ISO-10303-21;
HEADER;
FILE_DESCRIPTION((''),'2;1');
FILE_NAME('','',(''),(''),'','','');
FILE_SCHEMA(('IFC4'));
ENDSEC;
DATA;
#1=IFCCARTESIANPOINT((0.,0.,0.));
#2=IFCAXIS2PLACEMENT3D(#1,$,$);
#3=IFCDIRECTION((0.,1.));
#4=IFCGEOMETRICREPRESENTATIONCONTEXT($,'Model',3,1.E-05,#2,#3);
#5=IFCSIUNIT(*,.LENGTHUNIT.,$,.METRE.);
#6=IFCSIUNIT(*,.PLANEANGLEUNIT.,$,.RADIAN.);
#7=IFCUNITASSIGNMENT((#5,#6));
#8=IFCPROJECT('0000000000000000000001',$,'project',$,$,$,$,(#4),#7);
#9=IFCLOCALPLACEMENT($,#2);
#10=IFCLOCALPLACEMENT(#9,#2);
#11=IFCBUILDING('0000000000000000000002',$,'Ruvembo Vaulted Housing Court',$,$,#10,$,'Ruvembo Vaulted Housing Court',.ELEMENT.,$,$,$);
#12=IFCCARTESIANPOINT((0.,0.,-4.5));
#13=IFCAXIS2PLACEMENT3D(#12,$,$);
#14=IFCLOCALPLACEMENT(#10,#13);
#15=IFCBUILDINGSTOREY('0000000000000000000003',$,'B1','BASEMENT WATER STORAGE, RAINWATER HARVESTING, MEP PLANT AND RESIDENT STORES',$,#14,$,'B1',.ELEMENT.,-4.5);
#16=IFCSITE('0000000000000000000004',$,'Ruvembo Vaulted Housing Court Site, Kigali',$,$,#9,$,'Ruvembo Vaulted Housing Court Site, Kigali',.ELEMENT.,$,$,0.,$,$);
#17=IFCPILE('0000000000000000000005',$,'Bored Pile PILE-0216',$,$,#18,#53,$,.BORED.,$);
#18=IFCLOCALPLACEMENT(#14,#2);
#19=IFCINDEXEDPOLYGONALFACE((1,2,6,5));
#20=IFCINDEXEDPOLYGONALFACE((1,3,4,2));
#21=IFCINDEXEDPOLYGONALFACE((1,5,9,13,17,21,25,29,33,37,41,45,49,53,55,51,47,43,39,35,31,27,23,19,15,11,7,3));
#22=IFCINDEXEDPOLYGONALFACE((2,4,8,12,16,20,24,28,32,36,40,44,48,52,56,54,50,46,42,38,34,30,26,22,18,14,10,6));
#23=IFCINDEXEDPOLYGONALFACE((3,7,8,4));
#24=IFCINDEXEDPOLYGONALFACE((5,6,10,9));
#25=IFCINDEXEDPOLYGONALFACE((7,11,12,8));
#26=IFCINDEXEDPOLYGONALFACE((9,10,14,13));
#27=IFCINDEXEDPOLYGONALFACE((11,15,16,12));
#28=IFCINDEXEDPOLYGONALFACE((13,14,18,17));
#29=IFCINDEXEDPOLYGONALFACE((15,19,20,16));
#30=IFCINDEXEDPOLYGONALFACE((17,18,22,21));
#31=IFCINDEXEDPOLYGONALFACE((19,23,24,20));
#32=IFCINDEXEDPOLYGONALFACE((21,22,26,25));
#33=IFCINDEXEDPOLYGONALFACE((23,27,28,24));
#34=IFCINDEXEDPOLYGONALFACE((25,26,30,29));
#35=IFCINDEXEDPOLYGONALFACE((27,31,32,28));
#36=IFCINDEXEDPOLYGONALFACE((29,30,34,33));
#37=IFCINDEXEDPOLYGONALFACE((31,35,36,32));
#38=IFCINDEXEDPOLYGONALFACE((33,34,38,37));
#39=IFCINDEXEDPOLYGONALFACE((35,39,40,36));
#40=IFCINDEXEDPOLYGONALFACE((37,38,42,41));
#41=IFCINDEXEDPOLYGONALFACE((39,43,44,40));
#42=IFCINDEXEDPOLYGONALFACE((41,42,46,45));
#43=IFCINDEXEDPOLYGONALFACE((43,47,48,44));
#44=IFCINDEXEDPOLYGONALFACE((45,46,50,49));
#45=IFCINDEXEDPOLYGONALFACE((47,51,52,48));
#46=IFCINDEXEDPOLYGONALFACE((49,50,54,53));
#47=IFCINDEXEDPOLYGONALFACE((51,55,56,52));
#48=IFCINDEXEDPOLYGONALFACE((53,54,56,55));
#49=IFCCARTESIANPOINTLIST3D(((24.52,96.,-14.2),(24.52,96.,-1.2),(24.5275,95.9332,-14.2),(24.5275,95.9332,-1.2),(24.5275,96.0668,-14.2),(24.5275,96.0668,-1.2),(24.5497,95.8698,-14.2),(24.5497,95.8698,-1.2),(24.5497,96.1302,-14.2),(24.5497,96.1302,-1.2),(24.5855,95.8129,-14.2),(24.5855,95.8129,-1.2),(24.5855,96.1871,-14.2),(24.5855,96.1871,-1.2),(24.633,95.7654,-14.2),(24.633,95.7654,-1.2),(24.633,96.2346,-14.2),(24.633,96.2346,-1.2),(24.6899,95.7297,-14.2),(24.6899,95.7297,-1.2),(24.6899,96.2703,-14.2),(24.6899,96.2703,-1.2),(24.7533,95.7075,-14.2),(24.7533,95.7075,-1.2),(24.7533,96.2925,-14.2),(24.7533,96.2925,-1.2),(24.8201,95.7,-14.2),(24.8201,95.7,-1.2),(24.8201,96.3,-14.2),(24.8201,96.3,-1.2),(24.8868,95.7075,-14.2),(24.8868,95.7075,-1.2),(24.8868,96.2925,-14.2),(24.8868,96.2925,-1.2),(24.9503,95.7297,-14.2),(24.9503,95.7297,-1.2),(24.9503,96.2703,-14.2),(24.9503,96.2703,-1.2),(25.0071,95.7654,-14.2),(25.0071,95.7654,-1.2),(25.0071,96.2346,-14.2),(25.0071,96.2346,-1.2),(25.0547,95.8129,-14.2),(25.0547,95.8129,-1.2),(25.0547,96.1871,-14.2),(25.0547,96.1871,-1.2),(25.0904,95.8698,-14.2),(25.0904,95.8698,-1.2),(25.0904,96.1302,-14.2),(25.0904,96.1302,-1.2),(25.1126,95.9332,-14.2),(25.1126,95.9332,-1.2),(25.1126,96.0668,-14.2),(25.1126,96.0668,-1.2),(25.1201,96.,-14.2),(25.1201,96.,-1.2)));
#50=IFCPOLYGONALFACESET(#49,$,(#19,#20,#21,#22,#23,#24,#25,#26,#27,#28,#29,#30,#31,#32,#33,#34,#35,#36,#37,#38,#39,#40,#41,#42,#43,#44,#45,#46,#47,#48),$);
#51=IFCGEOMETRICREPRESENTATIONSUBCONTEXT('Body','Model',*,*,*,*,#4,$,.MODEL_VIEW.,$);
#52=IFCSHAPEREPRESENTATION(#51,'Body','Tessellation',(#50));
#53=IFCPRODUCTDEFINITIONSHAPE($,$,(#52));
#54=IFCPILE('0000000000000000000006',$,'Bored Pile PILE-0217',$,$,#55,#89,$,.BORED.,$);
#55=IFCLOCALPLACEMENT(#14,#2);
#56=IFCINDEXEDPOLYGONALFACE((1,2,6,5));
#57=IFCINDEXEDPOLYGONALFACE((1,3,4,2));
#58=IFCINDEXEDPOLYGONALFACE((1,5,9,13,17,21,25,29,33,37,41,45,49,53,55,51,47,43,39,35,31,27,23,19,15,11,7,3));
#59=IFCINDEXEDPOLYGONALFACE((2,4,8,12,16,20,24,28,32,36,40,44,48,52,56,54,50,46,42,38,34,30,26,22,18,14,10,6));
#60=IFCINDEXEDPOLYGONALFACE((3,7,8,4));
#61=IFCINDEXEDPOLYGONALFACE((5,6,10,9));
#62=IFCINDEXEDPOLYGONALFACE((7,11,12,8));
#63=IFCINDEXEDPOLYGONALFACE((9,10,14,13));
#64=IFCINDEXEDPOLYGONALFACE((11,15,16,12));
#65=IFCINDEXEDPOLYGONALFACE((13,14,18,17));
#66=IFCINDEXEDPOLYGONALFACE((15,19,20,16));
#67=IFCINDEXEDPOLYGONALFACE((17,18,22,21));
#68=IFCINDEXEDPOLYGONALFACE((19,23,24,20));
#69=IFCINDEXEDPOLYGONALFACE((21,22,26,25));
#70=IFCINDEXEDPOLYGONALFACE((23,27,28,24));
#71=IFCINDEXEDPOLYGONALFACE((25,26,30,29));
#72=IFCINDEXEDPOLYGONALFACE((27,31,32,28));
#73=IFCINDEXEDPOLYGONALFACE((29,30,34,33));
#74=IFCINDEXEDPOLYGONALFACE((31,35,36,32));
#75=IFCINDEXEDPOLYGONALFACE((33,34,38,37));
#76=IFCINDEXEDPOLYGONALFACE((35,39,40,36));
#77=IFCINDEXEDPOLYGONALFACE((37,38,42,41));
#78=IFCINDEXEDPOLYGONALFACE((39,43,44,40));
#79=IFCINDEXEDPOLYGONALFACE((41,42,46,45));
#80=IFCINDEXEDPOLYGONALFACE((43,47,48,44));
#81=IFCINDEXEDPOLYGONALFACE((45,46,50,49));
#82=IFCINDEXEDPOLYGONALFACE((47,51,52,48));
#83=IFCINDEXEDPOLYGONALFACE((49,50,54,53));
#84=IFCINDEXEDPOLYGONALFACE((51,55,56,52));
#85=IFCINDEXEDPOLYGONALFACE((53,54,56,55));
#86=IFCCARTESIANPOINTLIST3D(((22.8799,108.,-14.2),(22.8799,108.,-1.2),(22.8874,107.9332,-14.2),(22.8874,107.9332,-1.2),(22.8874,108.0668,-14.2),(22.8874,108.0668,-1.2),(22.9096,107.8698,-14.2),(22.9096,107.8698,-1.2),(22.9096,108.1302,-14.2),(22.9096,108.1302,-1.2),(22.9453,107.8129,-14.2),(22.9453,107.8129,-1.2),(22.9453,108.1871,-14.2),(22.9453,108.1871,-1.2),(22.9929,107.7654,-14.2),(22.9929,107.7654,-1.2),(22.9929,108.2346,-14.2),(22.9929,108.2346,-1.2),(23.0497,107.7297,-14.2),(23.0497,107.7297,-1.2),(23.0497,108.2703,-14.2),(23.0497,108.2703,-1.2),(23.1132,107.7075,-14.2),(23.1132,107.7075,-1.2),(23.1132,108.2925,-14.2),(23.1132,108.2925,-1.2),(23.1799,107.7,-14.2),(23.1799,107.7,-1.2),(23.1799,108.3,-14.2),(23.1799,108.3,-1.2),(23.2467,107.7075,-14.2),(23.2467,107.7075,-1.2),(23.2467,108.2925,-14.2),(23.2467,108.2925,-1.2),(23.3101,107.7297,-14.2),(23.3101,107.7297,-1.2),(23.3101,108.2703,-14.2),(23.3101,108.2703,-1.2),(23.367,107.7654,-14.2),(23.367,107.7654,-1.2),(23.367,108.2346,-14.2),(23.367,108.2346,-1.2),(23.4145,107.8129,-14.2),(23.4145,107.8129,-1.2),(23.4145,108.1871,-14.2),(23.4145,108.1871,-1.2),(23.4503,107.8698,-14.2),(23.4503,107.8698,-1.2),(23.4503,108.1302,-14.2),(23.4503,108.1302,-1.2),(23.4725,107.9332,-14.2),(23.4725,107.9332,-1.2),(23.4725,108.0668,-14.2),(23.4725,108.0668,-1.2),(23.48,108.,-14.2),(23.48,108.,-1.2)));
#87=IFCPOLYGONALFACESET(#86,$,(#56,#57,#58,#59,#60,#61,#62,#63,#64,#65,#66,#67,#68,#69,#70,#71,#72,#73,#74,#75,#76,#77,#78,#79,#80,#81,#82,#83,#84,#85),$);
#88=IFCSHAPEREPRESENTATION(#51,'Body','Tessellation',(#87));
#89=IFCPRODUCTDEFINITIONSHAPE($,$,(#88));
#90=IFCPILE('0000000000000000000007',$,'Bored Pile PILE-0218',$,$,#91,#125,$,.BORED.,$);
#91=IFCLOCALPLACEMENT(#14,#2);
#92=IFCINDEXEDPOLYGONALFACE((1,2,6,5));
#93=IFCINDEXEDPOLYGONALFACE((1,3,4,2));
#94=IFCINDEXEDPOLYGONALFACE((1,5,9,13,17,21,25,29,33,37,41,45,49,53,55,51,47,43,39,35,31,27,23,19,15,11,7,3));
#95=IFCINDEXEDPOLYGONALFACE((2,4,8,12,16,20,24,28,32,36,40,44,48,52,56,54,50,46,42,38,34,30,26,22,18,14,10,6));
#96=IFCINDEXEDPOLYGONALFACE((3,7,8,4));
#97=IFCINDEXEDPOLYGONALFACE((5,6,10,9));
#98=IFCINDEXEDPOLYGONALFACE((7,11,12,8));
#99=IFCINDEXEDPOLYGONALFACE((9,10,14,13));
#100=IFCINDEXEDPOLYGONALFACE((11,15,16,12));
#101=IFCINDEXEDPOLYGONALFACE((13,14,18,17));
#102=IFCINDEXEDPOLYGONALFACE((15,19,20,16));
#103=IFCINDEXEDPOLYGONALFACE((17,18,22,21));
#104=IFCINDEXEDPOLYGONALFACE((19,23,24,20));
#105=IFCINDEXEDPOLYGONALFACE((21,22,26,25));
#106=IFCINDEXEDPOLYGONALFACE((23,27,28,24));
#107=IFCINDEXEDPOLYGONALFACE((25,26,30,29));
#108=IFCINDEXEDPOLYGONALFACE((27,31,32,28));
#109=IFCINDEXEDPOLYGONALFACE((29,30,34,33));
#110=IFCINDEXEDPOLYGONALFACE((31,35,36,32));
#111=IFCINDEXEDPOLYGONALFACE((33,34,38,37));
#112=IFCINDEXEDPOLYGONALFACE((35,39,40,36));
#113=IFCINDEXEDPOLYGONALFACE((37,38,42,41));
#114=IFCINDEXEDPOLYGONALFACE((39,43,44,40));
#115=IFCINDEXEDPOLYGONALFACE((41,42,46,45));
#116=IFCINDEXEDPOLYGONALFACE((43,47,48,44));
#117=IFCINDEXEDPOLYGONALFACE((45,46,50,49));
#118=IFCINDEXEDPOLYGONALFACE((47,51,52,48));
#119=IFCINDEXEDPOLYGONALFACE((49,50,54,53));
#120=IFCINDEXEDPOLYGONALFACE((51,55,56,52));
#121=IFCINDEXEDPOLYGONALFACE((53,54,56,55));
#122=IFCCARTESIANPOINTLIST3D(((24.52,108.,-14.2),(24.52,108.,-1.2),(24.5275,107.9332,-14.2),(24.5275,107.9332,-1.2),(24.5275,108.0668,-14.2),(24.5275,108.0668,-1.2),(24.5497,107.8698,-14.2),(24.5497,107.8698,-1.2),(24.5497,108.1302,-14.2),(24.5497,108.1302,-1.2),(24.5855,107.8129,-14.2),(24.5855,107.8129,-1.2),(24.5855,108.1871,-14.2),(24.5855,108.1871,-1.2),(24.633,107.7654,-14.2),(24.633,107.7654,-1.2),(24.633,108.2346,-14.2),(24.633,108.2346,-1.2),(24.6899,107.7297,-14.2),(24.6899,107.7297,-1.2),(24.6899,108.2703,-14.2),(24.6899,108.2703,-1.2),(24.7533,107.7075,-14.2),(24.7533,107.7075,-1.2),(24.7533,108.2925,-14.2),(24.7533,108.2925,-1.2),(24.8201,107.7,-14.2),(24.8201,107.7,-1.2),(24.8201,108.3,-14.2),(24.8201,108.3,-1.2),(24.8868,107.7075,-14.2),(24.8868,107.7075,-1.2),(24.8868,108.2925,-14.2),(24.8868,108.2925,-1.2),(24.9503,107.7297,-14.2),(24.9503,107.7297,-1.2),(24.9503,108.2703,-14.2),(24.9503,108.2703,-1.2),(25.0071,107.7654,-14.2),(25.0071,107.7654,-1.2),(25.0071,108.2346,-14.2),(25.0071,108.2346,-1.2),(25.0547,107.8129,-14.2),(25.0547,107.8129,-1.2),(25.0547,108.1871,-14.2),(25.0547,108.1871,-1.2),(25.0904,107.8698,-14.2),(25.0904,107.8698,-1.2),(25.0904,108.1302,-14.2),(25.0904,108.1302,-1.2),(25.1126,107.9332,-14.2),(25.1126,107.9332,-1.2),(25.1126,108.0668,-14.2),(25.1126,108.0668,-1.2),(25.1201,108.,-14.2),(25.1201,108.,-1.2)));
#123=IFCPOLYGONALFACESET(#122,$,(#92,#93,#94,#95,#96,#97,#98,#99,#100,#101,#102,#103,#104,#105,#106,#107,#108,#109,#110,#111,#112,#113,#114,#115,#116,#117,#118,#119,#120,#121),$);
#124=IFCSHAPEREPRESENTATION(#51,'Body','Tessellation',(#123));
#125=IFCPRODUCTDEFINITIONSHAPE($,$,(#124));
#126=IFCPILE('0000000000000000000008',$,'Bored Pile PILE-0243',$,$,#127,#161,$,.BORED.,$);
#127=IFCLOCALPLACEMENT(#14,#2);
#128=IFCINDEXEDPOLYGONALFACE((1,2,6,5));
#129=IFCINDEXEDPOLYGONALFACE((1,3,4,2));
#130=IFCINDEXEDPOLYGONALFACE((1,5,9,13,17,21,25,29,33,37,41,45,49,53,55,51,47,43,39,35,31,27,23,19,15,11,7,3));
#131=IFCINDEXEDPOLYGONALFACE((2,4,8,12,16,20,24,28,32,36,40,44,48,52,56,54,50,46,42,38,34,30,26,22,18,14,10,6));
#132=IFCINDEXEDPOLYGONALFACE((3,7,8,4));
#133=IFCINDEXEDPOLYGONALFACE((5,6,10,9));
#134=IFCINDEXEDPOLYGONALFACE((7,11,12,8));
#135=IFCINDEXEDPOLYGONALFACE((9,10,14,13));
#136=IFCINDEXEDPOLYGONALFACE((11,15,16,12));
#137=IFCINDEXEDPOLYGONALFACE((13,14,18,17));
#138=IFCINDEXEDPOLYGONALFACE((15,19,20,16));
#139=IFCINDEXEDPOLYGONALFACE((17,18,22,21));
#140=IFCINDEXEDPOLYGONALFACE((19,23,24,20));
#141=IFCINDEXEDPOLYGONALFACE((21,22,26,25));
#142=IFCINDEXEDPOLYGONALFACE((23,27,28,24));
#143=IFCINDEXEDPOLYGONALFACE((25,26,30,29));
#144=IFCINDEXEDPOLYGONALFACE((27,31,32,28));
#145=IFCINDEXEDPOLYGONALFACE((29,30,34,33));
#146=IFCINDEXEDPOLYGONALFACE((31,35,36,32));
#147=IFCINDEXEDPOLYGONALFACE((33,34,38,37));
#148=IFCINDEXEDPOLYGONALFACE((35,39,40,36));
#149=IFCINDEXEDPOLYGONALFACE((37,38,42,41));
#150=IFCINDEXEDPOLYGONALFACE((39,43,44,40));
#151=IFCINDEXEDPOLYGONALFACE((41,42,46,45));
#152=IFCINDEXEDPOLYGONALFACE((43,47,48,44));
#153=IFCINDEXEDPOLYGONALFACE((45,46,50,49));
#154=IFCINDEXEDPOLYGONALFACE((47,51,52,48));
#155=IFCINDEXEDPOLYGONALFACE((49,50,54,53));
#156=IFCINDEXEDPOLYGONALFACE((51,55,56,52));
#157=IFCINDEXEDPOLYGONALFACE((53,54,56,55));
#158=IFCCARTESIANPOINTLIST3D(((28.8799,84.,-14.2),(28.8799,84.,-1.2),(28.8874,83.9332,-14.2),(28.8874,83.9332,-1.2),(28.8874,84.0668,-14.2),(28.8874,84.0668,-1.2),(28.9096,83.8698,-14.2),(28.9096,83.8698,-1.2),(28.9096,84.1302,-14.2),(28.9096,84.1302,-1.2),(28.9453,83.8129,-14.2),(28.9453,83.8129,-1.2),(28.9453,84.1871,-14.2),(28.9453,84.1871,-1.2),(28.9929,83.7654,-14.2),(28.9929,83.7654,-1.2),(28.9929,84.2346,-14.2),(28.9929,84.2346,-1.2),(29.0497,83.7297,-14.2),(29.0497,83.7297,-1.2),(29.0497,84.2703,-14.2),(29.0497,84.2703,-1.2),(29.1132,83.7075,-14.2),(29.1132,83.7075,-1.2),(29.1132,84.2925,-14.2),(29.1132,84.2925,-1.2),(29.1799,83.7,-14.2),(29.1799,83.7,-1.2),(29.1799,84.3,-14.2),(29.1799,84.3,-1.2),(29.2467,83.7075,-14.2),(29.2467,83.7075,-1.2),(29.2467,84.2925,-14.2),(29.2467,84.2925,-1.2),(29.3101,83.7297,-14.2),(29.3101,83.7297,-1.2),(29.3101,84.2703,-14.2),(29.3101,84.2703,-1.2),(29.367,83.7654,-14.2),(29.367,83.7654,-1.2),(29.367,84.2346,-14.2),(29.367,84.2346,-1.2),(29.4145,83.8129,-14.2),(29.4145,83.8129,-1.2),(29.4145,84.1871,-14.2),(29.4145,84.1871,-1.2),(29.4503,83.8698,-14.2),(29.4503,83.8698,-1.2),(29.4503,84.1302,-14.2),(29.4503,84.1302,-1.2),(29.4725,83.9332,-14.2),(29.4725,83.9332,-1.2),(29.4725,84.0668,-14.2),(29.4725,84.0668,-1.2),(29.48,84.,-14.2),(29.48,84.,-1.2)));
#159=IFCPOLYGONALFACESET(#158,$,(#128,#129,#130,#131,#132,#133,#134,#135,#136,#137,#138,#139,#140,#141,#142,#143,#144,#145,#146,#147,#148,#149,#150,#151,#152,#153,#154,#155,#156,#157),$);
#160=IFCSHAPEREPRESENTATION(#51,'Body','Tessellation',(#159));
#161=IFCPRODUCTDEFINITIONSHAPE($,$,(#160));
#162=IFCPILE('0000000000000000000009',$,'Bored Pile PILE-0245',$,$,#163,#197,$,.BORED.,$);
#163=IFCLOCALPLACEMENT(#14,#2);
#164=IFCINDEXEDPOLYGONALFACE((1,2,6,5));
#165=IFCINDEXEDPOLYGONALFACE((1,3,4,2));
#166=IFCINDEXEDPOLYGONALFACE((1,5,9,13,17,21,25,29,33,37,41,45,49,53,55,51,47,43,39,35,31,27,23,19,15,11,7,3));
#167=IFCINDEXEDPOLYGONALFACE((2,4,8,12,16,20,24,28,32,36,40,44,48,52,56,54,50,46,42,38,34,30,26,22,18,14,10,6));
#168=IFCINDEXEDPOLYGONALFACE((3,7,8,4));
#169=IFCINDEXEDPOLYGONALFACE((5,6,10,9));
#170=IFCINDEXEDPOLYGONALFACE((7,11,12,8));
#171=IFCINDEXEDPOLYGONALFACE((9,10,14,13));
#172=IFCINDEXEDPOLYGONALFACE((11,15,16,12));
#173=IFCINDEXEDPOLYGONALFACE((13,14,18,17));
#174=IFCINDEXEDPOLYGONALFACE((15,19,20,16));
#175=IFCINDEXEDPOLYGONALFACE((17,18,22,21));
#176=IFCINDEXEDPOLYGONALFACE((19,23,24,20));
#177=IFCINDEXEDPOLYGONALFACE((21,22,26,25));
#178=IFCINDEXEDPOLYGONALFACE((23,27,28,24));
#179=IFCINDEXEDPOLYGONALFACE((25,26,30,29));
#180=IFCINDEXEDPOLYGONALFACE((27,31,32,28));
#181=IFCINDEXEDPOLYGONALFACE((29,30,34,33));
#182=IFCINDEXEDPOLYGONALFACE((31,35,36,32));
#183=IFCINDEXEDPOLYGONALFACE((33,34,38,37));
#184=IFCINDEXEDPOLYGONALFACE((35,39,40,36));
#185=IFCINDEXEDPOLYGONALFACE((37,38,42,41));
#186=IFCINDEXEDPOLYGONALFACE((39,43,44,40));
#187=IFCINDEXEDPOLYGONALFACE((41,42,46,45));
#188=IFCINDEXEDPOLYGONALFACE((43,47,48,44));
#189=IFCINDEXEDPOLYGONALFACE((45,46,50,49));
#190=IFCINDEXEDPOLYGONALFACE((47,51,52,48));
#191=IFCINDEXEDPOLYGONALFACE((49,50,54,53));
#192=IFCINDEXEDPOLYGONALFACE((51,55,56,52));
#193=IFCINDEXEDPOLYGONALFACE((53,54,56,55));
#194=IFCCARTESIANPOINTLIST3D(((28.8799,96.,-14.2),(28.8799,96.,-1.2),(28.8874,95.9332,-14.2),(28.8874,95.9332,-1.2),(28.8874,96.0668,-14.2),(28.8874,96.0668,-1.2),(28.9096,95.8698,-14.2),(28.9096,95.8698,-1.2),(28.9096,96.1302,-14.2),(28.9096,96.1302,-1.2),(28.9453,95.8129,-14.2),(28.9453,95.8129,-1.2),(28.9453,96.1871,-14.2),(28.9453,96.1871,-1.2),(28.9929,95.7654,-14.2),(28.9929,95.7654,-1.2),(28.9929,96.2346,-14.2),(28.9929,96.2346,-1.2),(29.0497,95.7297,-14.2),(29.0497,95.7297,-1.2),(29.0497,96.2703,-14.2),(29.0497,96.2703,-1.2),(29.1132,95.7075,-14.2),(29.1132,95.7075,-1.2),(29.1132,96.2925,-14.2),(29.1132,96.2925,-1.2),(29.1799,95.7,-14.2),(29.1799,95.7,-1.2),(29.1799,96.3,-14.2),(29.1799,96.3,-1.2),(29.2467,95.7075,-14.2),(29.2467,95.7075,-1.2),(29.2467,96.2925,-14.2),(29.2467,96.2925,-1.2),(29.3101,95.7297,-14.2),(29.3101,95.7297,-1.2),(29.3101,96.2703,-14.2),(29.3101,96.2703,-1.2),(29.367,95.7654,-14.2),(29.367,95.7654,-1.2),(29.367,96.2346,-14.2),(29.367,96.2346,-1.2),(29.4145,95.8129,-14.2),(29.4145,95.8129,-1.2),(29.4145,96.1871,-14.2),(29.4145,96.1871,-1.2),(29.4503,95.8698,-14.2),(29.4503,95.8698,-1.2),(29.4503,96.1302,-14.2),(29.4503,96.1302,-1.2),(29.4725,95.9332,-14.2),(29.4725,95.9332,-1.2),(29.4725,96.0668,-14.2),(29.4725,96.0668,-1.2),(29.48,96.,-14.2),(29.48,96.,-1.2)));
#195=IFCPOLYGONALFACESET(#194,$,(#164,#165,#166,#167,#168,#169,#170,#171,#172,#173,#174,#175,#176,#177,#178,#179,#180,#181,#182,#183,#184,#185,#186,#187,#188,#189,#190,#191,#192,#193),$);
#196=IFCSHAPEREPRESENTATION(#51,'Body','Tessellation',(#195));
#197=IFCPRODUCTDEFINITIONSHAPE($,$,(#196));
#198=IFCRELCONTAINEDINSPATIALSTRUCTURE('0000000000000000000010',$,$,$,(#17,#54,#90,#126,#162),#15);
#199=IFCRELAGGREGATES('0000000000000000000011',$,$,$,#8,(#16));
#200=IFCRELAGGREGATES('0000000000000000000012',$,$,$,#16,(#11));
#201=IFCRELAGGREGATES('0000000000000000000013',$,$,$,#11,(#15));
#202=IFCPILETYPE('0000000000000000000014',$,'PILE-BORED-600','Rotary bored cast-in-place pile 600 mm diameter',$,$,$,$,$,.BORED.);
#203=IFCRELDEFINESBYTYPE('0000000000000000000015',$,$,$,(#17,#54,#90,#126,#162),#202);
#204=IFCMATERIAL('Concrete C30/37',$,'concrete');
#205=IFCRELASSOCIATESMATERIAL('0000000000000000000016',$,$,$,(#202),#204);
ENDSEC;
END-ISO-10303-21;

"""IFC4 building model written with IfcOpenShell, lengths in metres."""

from ifc_helpers import new_model, si_unit, direction, frame, origin, origin_2d, place, context, subcontext, project, spatial, circle, extrude, material, material_profile, profile_set, type_object, element, save


model = new_model("IFC4")

# Units and contexts
model_context = context("Model", 3, precision=1e-05, world=origin(), true_north=direction((0.0, 1.0)))
body_context = subcontext(model_context, "Body", "Model", "MODEL_VIEW")
ifc_project = project(units=[si_unit("LENGTHUNIT", "METRE"), si_unit("PLANEANGLEUNIT", "RADIAN")], contexts=[model_context])

# Site, building, storey
site_placement = place(None, origin())
site = spatial("IfcSite", under=ifc_project, at=site_placement, Name="Ruvembo Vaulted Housing Court Site, Kigali", LongName="Ruvembo Vaulted Housing Court Site, Kigali", CompositionType="ELEMENT", RefElevation=0.0)
building_placement = place(site_placement, origin())
building = spatial("IfcBuilding", under=site, at=building_placement, Name="Ruvembo Vaulted Housing Court", LongName="Ruvembo Vaulted Housing Court", CompositionType="ELEMENT")
storey_placement = place(building_placement, frame((0.0, 0.0, -4.5)))
storey = spatial("IfcBuildingStorey", under=building, at=storey_placement, Name="B1", Description="BASEMENT WATER STORAGE, RAINWATER HARVESTING, MEP PLANT AND RESIDENT STORES", LongName="B1", CompositionType="ELEMENT", Elevation=-4.5)

# Piles
ifc_material_1 = material(Name="Concrete C30/37", Category="concrete")
ifc_material_profile_1 = material_profile(ifc_material_1, circle(Radius=0.3, at=origin_2d()), Name="PILE D600")
ifc_profile_set_1 = profile_set([ifc_material_profile_1], Name="Concrete C30/37")
pile_type = type_object("IfcPileType", Name="PILE-BORED-600", Description="Rotary bored cast-in-place pile 600 mm diameter", PredefinedType="BORED", material=ifc_profile_set_1)
for number, where, z_axis, x_axis, name in (
    (1, (24.8201, 96.0, -1.2), (0.0, 0.0, -1.0), (1.0, 0.0, 0.0), "Bored Pile PILE-0216"),
    (2, (23.1799, 108.0, -1.2), (0.0, 0.0, -1.0), (1.0, 0.0, 0.0), "Bored Pile PILE-0217"),
    (3, (24.8201, 108.0, -1.2), (0.0, 0.0, -1.0), (1.0, 0.0, 0.0), "Bored Pile PILE-0218"),
    (4, (29.1799, 84.0, -1.2), (0.0, 0.0, -1.0), (1.0, 0.0, 0.0), "Bored Pile PILE-0243"),
    (5, (29.1799, 96.0, -1.2), (0.0, 0.0, -1.0), (1.0, 0.0, 0.0), "Bored Pile PILE-0245"),
):
    element("IfcPile", number, at=place(storey_placement, frame(where, z_axis=z_axis, x_axis=x_axis)), inside=storey, type_object=pile_type, Name=name, PredefinedType="BORED", context=body_context, shape_type="SweptSolid", body=[
        extrude(circle(Radius=0.3, at=origin_2d()), origin(), (0.0, 0.0, 1.0), 13.0),
    ])

save(model, "model.ifc")
